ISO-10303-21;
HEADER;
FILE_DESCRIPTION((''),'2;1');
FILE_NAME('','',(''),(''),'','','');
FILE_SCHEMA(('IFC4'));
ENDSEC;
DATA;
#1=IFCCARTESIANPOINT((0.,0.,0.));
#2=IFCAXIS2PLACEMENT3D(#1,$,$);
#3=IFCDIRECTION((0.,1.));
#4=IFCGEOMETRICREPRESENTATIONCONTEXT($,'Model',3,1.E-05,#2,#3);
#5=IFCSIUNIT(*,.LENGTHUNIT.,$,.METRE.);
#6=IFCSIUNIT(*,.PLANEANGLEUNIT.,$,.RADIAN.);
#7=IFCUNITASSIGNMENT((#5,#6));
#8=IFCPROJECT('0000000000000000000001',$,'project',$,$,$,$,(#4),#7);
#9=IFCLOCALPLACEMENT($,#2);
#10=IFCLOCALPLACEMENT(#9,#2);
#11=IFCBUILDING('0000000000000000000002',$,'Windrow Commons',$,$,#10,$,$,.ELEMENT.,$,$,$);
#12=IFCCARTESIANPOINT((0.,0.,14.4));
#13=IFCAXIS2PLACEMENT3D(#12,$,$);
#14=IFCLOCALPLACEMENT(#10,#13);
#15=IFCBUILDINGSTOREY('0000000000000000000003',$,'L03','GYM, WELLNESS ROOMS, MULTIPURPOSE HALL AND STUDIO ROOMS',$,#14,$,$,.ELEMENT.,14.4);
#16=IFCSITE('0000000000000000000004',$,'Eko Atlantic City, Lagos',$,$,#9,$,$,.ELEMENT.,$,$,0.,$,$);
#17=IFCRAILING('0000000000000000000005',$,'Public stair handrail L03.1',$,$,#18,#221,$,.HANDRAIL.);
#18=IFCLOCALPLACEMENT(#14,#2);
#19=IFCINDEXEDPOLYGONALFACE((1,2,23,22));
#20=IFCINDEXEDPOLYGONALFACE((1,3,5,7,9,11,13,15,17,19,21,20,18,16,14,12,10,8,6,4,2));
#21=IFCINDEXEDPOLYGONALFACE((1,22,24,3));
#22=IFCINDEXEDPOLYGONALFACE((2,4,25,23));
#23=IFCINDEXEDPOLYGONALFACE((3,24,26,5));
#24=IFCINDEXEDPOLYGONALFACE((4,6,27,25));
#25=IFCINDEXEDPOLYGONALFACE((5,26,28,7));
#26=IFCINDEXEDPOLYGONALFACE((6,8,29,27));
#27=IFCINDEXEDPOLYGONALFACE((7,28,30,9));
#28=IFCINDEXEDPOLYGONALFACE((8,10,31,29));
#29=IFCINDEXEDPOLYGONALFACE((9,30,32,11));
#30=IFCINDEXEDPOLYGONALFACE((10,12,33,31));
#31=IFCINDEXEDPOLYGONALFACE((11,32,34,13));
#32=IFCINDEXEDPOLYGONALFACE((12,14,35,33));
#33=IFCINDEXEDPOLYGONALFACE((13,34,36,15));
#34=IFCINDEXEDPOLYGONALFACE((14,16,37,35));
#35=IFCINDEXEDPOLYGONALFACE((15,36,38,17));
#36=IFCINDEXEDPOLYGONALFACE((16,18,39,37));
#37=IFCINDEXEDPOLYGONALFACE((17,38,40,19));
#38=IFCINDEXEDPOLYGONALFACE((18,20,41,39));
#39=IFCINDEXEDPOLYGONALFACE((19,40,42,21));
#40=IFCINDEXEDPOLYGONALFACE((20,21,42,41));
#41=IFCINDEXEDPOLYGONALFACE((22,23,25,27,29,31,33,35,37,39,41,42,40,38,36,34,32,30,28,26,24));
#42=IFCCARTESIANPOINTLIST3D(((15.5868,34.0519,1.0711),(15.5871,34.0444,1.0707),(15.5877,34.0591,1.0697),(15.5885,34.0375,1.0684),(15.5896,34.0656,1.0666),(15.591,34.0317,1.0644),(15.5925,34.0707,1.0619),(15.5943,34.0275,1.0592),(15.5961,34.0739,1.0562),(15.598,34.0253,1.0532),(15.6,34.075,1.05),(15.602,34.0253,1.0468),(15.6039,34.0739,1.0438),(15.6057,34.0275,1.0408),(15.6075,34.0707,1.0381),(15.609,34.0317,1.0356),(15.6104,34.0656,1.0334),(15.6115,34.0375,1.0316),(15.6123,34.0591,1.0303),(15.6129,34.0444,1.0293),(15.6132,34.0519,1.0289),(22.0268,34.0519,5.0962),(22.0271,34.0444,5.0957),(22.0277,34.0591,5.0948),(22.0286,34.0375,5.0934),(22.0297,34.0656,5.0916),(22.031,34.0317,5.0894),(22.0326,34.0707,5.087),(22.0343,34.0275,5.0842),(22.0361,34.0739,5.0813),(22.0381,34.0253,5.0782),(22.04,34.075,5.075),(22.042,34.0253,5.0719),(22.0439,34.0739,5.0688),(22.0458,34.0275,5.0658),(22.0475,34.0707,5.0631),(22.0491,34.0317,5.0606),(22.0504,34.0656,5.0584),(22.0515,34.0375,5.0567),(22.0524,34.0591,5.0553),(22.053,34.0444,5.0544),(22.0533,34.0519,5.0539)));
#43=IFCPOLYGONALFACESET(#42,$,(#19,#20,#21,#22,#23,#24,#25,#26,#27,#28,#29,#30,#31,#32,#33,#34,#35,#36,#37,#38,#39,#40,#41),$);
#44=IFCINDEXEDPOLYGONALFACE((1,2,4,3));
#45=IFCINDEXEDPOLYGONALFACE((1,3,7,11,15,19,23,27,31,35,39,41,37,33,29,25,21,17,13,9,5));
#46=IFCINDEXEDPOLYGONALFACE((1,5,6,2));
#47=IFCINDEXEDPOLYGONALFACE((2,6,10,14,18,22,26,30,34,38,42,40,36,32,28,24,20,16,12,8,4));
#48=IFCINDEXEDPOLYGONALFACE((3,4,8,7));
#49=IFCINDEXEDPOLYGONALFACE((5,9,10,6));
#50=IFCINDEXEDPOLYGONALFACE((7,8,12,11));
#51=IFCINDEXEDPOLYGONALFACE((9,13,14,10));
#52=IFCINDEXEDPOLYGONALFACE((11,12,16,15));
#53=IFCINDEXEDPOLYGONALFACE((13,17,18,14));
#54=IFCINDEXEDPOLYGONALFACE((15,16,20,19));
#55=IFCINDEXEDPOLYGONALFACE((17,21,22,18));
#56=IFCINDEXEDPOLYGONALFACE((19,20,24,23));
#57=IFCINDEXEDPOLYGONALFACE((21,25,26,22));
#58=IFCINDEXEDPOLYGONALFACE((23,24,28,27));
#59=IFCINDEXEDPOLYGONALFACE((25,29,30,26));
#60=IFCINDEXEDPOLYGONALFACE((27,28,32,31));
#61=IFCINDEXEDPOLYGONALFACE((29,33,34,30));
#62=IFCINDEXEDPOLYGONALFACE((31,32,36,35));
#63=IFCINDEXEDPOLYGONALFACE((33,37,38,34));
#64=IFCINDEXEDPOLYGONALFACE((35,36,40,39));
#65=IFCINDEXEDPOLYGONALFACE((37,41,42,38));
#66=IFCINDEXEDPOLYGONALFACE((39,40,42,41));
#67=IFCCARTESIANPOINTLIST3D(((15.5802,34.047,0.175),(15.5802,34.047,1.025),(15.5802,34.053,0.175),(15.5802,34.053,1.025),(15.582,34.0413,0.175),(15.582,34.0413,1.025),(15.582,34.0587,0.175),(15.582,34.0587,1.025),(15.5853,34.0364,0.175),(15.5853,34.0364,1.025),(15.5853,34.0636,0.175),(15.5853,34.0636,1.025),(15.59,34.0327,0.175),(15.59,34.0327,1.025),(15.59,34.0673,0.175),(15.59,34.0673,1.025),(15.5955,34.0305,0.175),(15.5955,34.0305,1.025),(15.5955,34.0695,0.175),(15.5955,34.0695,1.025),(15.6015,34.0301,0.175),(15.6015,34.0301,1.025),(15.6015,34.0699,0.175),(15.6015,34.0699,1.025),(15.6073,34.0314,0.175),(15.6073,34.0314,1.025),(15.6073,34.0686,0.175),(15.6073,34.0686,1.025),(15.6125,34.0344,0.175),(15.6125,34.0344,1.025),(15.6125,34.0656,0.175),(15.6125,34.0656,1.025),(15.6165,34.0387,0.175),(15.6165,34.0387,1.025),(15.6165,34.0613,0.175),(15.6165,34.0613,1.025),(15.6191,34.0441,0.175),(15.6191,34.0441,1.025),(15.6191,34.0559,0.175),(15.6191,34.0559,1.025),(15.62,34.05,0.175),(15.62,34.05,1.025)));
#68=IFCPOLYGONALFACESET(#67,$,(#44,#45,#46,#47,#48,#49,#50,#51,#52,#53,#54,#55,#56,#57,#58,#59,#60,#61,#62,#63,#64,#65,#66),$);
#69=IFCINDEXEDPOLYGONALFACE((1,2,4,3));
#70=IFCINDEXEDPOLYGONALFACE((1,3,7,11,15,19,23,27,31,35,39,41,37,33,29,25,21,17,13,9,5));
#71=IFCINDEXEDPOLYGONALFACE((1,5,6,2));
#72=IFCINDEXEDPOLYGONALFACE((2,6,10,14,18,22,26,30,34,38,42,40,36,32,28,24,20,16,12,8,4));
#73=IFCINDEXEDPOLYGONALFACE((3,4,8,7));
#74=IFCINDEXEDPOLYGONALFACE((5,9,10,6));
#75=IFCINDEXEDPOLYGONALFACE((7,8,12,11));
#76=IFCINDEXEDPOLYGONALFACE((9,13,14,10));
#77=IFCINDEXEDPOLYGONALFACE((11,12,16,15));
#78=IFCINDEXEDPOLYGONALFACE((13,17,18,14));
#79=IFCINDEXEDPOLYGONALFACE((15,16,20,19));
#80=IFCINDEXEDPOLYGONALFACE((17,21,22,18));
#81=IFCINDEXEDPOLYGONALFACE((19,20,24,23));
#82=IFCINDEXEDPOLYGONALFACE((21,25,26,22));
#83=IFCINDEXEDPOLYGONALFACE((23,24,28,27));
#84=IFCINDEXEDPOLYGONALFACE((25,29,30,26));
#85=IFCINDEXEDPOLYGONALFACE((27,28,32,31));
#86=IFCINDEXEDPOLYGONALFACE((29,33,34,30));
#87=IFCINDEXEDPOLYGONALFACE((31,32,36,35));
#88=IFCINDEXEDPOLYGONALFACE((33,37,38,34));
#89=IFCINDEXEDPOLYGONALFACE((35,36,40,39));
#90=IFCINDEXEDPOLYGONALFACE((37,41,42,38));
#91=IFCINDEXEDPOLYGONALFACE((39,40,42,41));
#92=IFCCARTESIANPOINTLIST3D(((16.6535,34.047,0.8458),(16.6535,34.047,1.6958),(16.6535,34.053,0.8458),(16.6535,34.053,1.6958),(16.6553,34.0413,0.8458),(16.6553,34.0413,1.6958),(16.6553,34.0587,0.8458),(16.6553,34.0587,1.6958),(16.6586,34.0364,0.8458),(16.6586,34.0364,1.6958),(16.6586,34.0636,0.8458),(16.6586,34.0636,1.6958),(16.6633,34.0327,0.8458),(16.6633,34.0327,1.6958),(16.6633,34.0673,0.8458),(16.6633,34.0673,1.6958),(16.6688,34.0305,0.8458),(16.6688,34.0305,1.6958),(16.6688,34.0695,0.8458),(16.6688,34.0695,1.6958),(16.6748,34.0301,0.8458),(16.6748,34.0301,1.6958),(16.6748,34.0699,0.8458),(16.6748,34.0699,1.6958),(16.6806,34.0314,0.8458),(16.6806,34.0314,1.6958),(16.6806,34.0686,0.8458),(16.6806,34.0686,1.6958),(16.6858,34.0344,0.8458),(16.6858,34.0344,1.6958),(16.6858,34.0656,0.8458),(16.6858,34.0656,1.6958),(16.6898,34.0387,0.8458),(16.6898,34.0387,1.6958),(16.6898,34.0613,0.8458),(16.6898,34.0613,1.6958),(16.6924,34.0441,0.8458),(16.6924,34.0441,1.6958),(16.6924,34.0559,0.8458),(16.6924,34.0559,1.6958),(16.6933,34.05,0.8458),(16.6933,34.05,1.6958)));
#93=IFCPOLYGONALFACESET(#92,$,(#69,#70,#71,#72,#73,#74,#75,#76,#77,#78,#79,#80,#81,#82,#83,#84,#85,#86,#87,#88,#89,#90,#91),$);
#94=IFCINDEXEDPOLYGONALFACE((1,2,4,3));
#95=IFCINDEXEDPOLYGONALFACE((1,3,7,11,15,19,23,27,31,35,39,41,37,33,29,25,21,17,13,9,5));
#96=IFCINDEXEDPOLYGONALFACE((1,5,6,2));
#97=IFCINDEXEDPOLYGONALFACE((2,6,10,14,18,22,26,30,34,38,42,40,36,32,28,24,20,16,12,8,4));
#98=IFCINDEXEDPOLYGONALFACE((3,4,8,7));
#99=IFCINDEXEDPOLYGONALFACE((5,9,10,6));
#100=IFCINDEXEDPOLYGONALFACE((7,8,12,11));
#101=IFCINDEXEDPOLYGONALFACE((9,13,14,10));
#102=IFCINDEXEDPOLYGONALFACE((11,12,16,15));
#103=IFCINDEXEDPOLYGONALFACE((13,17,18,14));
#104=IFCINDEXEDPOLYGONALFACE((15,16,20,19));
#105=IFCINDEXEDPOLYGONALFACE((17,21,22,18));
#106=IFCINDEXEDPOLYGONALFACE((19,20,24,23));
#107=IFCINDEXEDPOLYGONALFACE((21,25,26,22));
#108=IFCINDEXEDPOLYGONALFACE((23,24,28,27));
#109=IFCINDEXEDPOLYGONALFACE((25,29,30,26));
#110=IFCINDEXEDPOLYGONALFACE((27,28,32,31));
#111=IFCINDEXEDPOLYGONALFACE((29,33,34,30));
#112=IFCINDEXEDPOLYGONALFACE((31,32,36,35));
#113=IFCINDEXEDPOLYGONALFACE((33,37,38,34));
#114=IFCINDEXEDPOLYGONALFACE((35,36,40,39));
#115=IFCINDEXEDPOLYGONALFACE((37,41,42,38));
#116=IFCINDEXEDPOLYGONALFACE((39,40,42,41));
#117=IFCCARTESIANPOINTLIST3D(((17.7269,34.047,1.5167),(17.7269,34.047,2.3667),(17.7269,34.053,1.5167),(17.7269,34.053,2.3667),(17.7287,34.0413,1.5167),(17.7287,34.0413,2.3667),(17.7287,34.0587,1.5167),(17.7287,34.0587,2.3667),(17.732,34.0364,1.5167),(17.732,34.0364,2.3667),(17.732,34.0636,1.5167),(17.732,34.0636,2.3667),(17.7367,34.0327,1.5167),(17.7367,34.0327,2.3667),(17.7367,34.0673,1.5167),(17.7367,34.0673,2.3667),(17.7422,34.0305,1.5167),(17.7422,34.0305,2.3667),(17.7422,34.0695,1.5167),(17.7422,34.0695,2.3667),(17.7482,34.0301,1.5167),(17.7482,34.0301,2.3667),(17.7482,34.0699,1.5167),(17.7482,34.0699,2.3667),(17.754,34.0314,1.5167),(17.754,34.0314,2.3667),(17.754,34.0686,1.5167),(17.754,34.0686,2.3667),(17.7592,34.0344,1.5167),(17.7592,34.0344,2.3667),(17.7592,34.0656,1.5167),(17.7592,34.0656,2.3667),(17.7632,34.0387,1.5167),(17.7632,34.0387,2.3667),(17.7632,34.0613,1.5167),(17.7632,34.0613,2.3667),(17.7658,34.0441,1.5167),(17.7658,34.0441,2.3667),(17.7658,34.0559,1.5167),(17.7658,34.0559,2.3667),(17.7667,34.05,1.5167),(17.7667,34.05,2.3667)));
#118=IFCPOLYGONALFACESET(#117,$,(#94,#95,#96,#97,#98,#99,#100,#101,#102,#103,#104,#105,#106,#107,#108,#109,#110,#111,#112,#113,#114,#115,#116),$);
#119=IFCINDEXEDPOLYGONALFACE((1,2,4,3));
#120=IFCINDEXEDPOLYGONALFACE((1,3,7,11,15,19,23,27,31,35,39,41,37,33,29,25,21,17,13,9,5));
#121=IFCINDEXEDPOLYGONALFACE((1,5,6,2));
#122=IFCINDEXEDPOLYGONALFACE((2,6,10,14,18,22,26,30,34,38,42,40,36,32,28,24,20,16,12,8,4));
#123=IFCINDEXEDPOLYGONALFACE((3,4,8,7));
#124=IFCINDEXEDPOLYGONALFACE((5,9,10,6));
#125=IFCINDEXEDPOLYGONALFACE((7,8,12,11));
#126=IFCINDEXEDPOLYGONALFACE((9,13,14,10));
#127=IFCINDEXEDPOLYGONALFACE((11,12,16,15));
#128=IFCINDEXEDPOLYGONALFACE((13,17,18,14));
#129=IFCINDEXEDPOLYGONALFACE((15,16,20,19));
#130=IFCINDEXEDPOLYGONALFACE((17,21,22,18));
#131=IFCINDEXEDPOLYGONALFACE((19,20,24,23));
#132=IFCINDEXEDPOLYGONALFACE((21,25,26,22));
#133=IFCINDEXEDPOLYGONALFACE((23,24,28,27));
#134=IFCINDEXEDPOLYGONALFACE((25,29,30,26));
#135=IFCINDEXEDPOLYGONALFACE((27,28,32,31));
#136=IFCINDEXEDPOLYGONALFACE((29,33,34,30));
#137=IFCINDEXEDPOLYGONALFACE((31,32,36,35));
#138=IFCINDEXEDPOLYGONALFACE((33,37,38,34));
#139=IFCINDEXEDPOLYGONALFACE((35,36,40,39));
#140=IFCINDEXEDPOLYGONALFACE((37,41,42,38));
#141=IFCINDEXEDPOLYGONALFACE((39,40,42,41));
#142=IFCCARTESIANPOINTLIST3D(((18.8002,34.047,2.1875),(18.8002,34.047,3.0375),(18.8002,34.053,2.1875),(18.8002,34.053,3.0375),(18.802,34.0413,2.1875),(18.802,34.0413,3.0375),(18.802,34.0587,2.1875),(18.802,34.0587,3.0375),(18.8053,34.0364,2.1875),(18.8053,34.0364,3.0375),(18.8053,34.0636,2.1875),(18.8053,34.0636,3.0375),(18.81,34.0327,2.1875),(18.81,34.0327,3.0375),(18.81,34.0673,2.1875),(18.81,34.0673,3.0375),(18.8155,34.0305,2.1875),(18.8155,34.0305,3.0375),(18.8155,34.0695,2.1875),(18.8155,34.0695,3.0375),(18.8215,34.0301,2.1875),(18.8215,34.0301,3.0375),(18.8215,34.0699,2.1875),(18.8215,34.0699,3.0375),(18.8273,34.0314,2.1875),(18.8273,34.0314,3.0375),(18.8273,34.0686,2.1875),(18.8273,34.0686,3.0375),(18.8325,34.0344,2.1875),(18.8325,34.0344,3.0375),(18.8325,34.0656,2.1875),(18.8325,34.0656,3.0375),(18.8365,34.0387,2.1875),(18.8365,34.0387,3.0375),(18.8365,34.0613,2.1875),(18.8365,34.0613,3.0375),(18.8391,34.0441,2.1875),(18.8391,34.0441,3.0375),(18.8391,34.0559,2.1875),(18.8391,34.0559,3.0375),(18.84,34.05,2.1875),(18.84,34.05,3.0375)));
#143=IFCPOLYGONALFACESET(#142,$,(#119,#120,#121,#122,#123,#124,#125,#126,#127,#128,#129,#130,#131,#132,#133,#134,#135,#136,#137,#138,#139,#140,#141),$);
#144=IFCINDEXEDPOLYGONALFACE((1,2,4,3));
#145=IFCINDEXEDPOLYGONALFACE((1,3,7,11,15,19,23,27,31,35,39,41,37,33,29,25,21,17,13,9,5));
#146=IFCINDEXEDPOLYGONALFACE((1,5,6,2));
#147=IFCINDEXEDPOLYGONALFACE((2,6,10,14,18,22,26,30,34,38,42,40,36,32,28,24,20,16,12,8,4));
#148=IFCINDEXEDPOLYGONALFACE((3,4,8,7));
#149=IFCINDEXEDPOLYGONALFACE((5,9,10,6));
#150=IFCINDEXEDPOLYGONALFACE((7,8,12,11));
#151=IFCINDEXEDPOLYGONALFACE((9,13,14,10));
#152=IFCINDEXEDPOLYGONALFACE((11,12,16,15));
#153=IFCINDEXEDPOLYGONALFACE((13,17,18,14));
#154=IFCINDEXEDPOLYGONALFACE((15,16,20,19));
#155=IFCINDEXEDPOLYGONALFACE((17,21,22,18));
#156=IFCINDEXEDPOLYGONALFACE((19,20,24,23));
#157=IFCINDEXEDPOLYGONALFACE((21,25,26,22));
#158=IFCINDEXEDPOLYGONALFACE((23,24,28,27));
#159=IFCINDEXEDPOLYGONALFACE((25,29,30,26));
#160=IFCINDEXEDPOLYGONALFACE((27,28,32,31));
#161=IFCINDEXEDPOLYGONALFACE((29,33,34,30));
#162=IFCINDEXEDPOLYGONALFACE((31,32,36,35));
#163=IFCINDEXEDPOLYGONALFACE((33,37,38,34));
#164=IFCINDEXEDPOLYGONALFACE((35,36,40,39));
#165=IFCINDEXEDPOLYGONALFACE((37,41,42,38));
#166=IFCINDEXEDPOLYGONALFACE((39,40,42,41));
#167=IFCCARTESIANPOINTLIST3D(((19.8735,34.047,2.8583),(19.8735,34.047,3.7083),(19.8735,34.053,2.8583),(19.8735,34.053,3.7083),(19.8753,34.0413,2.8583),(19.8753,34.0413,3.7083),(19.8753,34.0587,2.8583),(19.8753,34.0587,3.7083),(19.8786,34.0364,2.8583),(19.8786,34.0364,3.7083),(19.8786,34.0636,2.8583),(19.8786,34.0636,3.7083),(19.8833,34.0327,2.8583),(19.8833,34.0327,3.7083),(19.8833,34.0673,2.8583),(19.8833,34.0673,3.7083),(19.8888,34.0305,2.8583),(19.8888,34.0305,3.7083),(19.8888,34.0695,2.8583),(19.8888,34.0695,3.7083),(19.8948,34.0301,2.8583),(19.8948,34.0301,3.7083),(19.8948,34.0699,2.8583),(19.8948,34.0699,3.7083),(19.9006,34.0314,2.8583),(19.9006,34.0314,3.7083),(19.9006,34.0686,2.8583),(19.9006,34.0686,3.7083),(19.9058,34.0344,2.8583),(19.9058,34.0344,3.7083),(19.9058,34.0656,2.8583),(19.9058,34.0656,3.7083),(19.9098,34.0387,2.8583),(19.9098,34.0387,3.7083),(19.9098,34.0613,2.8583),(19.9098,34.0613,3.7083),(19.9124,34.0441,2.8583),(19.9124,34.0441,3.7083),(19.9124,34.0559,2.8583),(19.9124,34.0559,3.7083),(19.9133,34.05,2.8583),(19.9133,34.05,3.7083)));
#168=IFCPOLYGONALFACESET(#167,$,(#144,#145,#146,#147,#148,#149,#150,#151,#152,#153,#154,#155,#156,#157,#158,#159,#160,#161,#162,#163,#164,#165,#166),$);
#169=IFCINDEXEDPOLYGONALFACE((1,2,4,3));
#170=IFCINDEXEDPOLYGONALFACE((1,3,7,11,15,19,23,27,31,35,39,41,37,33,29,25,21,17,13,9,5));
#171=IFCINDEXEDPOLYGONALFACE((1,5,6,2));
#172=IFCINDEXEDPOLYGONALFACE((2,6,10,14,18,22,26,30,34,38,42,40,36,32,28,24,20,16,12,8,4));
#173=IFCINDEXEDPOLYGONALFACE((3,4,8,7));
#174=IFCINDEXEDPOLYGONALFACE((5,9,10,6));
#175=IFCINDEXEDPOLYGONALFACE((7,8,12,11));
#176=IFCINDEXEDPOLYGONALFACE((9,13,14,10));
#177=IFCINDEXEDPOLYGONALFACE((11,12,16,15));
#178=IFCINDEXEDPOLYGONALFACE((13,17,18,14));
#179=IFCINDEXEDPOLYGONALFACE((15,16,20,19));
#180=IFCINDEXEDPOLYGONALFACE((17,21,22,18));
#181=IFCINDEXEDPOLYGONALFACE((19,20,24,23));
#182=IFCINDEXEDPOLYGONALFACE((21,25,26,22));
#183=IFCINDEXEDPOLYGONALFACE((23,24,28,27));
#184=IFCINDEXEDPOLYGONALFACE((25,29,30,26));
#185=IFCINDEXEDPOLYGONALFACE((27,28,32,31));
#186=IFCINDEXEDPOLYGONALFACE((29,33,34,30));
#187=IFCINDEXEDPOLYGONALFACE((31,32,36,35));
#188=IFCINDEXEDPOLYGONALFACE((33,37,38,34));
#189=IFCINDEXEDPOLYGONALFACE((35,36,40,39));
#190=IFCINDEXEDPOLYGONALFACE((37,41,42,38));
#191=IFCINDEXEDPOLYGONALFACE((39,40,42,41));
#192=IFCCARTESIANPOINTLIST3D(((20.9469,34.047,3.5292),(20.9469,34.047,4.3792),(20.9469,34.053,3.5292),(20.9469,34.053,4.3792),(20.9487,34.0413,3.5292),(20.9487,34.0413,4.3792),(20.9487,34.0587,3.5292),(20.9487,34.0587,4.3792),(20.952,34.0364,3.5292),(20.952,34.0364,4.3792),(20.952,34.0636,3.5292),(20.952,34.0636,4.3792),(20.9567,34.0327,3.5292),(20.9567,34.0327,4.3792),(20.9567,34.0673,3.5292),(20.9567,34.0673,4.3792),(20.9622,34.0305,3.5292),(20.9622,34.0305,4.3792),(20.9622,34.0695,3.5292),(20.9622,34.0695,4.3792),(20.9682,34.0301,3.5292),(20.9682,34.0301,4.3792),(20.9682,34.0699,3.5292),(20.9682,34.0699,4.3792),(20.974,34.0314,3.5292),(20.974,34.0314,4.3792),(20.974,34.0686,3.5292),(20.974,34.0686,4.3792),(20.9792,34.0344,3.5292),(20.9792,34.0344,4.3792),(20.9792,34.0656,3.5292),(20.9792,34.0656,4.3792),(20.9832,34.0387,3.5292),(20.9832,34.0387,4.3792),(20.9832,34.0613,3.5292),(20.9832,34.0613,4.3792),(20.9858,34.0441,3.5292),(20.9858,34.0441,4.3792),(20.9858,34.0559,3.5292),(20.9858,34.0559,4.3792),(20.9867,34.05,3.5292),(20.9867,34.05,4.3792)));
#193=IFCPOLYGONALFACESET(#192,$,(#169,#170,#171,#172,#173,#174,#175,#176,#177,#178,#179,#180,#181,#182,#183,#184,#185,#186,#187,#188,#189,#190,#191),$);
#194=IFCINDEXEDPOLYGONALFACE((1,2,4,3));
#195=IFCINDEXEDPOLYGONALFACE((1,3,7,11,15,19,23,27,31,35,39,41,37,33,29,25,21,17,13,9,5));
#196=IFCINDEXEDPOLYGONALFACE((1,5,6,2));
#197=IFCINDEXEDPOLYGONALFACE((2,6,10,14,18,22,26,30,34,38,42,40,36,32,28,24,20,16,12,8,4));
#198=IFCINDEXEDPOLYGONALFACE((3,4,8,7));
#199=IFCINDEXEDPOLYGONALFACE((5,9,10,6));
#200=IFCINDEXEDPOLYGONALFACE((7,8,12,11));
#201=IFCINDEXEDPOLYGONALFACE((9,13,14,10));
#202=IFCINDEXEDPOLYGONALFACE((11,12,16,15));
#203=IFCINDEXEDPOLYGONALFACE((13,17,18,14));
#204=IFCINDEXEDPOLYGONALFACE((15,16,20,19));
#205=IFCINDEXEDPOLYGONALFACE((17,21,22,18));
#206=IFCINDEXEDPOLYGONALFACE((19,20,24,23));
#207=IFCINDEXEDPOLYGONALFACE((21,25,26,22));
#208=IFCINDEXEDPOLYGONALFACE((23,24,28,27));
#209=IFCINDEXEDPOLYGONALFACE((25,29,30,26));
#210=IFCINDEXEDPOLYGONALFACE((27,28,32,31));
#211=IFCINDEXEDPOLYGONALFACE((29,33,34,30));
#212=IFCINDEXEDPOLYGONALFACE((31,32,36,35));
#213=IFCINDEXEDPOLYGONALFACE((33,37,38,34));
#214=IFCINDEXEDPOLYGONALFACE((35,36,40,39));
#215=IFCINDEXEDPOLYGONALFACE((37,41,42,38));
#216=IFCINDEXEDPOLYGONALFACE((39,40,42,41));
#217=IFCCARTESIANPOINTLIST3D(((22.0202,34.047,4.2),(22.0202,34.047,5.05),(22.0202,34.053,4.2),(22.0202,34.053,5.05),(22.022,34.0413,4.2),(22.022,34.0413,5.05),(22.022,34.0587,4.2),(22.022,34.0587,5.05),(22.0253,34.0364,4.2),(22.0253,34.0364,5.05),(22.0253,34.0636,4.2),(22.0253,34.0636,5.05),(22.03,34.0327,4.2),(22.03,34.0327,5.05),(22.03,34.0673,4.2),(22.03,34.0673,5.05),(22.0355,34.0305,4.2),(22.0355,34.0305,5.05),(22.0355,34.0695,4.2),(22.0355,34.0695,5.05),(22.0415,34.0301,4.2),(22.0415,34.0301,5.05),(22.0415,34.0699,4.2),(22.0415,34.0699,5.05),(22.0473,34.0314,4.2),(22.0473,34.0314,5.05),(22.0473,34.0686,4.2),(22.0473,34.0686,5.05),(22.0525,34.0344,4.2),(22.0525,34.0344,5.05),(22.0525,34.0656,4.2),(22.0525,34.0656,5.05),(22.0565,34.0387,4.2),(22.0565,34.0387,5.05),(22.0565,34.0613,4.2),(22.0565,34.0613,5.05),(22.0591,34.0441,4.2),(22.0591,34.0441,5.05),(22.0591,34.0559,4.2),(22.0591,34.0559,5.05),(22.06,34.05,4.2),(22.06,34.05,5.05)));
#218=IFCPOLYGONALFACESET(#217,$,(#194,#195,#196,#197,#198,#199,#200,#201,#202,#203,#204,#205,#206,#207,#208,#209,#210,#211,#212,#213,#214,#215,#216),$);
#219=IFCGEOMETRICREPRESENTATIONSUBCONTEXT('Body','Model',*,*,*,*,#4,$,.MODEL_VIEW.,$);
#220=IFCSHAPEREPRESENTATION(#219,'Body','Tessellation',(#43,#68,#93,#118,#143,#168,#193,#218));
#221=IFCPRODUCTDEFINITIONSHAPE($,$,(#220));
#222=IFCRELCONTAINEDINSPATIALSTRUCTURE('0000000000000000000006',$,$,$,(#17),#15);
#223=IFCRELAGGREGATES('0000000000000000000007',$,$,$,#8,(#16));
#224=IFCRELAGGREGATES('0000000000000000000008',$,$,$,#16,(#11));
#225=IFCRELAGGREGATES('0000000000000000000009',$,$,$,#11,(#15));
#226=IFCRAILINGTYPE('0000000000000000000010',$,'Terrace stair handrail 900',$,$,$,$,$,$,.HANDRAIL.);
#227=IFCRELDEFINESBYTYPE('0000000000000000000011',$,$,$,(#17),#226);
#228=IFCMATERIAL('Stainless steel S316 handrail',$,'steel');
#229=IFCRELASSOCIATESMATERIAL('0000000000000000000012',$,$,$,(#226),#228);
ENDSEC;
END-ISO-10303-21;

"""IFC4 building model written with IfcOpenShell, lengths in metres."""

from ifc_helpers import new_model, si_unit, direction, frame, origin, origin_2d, place, context, subcontext, project, spatial, circle, extrude, material, type_object, element, save


model = new_model("IFC4")

# Units and contexts
model_context = context("Model", 3, precision=1e-05, world=origin(), true_north=direction((0.0, 1.0)))
body_context = subcontext(model_context, "Body", "Model", "MODEL_VIEW")
ifc_project = project(units=[si_unit("LENGTHUNIT", "METRE"), si_unit("PLANEANGLEUNIT", "RADIAN")], contexts=[model_context])

# Site, building, storey
site_placement = place(None, origin())
site = spatial("IfcSite", under=ifc_project, at=site_placement, Name="Eko Atlantic City, Lagos", CompositionType="ELEMENT", RefElevation=0.0)
building_placement = place(site_placement, origin())
building = spatial("IfcBuilding", under=site, at=building_placement, Name="Windrow Commons", CompositionType="ELEMENT")
storey_placement = place(building_placement, frame((0.0, 0.0, 14.4)))
storey = spatial("IfcBuildingStorey", under=building, at=storey_placement, Name="L03", Description="GYM, WELLNESS ROOMS, MULTIPURPOSE HALL AND STUDIO ROOMS", CompositionType="ELEMENT", Elevation=14.4)

# Railing
ifc_material_1 = material(Name="Stainless steel S316 handrail", Category="steel")
railing_type_1 = type_object("IfcRailingType", Name="Terrace stair handrail 900", PredefinedType="HANDRAIL", material=ifc_material_1)
railing_1_placement = place(storey_placement, frame((15.6, 34.05, 0.175)))
element("IfcRailing", 1, at=railing_1_placement, inside=storey, type_object=railing_type_1, Name="Public stair handrail L03.1", PredefinedType="HANDRAIL", context=body_context, shape_type="SweptSolid", body=[
    extrude(circle(Radius=0.025, at=origin_2d()), frame((0.0, 0.0, 0.875), z_axis=(0.847998, 0.0, 0.529999), x_axis=(0.0, 1.0, 0.0)), (0.0, 0.0, 1.0), 7.5944),
    extrude(circle(Radius=0.02, at=origin_2d()), origin(), (0.0, 0.0, 1.0), 0.85),
    extrude(circle(Radius=0.02, at=origin_2d()), frame((1.0733, 0.0, 0.6708)), (0.0, 0.0, 1.0), 0.85),
    extrude(circle(Radius=0.02, at=origin_2d()), frame((2.1467, 0.0, 1.3417)), (0.0, 0.0, 1.0), 0.85),
    extrude(circle(Radius=0.02, at=origin_2d()), frame((3.22, 0.0, 2.0125)), (0.0, 0.0, 1.0), 0.85),
    extrude(circle(Radius=0.02, at=origin_2d()), frame((4.2933, 0.0, 2.6833)), (0.0, 0.0, 1.0), 0.85),
    extrude(circle(Radius=0.02, at=origin_2d()), frame((5.3667, 0.0, 3.3542)), (0.0, 0.0, 1.0), 0.85),
    extrude(circle(Radius=0.02, at=origin_2d()), frame((6.44, 0.0, 4.025)), (0.0, 0.0, 1.0), 0.85),
])

save(model, "model.ifc")
